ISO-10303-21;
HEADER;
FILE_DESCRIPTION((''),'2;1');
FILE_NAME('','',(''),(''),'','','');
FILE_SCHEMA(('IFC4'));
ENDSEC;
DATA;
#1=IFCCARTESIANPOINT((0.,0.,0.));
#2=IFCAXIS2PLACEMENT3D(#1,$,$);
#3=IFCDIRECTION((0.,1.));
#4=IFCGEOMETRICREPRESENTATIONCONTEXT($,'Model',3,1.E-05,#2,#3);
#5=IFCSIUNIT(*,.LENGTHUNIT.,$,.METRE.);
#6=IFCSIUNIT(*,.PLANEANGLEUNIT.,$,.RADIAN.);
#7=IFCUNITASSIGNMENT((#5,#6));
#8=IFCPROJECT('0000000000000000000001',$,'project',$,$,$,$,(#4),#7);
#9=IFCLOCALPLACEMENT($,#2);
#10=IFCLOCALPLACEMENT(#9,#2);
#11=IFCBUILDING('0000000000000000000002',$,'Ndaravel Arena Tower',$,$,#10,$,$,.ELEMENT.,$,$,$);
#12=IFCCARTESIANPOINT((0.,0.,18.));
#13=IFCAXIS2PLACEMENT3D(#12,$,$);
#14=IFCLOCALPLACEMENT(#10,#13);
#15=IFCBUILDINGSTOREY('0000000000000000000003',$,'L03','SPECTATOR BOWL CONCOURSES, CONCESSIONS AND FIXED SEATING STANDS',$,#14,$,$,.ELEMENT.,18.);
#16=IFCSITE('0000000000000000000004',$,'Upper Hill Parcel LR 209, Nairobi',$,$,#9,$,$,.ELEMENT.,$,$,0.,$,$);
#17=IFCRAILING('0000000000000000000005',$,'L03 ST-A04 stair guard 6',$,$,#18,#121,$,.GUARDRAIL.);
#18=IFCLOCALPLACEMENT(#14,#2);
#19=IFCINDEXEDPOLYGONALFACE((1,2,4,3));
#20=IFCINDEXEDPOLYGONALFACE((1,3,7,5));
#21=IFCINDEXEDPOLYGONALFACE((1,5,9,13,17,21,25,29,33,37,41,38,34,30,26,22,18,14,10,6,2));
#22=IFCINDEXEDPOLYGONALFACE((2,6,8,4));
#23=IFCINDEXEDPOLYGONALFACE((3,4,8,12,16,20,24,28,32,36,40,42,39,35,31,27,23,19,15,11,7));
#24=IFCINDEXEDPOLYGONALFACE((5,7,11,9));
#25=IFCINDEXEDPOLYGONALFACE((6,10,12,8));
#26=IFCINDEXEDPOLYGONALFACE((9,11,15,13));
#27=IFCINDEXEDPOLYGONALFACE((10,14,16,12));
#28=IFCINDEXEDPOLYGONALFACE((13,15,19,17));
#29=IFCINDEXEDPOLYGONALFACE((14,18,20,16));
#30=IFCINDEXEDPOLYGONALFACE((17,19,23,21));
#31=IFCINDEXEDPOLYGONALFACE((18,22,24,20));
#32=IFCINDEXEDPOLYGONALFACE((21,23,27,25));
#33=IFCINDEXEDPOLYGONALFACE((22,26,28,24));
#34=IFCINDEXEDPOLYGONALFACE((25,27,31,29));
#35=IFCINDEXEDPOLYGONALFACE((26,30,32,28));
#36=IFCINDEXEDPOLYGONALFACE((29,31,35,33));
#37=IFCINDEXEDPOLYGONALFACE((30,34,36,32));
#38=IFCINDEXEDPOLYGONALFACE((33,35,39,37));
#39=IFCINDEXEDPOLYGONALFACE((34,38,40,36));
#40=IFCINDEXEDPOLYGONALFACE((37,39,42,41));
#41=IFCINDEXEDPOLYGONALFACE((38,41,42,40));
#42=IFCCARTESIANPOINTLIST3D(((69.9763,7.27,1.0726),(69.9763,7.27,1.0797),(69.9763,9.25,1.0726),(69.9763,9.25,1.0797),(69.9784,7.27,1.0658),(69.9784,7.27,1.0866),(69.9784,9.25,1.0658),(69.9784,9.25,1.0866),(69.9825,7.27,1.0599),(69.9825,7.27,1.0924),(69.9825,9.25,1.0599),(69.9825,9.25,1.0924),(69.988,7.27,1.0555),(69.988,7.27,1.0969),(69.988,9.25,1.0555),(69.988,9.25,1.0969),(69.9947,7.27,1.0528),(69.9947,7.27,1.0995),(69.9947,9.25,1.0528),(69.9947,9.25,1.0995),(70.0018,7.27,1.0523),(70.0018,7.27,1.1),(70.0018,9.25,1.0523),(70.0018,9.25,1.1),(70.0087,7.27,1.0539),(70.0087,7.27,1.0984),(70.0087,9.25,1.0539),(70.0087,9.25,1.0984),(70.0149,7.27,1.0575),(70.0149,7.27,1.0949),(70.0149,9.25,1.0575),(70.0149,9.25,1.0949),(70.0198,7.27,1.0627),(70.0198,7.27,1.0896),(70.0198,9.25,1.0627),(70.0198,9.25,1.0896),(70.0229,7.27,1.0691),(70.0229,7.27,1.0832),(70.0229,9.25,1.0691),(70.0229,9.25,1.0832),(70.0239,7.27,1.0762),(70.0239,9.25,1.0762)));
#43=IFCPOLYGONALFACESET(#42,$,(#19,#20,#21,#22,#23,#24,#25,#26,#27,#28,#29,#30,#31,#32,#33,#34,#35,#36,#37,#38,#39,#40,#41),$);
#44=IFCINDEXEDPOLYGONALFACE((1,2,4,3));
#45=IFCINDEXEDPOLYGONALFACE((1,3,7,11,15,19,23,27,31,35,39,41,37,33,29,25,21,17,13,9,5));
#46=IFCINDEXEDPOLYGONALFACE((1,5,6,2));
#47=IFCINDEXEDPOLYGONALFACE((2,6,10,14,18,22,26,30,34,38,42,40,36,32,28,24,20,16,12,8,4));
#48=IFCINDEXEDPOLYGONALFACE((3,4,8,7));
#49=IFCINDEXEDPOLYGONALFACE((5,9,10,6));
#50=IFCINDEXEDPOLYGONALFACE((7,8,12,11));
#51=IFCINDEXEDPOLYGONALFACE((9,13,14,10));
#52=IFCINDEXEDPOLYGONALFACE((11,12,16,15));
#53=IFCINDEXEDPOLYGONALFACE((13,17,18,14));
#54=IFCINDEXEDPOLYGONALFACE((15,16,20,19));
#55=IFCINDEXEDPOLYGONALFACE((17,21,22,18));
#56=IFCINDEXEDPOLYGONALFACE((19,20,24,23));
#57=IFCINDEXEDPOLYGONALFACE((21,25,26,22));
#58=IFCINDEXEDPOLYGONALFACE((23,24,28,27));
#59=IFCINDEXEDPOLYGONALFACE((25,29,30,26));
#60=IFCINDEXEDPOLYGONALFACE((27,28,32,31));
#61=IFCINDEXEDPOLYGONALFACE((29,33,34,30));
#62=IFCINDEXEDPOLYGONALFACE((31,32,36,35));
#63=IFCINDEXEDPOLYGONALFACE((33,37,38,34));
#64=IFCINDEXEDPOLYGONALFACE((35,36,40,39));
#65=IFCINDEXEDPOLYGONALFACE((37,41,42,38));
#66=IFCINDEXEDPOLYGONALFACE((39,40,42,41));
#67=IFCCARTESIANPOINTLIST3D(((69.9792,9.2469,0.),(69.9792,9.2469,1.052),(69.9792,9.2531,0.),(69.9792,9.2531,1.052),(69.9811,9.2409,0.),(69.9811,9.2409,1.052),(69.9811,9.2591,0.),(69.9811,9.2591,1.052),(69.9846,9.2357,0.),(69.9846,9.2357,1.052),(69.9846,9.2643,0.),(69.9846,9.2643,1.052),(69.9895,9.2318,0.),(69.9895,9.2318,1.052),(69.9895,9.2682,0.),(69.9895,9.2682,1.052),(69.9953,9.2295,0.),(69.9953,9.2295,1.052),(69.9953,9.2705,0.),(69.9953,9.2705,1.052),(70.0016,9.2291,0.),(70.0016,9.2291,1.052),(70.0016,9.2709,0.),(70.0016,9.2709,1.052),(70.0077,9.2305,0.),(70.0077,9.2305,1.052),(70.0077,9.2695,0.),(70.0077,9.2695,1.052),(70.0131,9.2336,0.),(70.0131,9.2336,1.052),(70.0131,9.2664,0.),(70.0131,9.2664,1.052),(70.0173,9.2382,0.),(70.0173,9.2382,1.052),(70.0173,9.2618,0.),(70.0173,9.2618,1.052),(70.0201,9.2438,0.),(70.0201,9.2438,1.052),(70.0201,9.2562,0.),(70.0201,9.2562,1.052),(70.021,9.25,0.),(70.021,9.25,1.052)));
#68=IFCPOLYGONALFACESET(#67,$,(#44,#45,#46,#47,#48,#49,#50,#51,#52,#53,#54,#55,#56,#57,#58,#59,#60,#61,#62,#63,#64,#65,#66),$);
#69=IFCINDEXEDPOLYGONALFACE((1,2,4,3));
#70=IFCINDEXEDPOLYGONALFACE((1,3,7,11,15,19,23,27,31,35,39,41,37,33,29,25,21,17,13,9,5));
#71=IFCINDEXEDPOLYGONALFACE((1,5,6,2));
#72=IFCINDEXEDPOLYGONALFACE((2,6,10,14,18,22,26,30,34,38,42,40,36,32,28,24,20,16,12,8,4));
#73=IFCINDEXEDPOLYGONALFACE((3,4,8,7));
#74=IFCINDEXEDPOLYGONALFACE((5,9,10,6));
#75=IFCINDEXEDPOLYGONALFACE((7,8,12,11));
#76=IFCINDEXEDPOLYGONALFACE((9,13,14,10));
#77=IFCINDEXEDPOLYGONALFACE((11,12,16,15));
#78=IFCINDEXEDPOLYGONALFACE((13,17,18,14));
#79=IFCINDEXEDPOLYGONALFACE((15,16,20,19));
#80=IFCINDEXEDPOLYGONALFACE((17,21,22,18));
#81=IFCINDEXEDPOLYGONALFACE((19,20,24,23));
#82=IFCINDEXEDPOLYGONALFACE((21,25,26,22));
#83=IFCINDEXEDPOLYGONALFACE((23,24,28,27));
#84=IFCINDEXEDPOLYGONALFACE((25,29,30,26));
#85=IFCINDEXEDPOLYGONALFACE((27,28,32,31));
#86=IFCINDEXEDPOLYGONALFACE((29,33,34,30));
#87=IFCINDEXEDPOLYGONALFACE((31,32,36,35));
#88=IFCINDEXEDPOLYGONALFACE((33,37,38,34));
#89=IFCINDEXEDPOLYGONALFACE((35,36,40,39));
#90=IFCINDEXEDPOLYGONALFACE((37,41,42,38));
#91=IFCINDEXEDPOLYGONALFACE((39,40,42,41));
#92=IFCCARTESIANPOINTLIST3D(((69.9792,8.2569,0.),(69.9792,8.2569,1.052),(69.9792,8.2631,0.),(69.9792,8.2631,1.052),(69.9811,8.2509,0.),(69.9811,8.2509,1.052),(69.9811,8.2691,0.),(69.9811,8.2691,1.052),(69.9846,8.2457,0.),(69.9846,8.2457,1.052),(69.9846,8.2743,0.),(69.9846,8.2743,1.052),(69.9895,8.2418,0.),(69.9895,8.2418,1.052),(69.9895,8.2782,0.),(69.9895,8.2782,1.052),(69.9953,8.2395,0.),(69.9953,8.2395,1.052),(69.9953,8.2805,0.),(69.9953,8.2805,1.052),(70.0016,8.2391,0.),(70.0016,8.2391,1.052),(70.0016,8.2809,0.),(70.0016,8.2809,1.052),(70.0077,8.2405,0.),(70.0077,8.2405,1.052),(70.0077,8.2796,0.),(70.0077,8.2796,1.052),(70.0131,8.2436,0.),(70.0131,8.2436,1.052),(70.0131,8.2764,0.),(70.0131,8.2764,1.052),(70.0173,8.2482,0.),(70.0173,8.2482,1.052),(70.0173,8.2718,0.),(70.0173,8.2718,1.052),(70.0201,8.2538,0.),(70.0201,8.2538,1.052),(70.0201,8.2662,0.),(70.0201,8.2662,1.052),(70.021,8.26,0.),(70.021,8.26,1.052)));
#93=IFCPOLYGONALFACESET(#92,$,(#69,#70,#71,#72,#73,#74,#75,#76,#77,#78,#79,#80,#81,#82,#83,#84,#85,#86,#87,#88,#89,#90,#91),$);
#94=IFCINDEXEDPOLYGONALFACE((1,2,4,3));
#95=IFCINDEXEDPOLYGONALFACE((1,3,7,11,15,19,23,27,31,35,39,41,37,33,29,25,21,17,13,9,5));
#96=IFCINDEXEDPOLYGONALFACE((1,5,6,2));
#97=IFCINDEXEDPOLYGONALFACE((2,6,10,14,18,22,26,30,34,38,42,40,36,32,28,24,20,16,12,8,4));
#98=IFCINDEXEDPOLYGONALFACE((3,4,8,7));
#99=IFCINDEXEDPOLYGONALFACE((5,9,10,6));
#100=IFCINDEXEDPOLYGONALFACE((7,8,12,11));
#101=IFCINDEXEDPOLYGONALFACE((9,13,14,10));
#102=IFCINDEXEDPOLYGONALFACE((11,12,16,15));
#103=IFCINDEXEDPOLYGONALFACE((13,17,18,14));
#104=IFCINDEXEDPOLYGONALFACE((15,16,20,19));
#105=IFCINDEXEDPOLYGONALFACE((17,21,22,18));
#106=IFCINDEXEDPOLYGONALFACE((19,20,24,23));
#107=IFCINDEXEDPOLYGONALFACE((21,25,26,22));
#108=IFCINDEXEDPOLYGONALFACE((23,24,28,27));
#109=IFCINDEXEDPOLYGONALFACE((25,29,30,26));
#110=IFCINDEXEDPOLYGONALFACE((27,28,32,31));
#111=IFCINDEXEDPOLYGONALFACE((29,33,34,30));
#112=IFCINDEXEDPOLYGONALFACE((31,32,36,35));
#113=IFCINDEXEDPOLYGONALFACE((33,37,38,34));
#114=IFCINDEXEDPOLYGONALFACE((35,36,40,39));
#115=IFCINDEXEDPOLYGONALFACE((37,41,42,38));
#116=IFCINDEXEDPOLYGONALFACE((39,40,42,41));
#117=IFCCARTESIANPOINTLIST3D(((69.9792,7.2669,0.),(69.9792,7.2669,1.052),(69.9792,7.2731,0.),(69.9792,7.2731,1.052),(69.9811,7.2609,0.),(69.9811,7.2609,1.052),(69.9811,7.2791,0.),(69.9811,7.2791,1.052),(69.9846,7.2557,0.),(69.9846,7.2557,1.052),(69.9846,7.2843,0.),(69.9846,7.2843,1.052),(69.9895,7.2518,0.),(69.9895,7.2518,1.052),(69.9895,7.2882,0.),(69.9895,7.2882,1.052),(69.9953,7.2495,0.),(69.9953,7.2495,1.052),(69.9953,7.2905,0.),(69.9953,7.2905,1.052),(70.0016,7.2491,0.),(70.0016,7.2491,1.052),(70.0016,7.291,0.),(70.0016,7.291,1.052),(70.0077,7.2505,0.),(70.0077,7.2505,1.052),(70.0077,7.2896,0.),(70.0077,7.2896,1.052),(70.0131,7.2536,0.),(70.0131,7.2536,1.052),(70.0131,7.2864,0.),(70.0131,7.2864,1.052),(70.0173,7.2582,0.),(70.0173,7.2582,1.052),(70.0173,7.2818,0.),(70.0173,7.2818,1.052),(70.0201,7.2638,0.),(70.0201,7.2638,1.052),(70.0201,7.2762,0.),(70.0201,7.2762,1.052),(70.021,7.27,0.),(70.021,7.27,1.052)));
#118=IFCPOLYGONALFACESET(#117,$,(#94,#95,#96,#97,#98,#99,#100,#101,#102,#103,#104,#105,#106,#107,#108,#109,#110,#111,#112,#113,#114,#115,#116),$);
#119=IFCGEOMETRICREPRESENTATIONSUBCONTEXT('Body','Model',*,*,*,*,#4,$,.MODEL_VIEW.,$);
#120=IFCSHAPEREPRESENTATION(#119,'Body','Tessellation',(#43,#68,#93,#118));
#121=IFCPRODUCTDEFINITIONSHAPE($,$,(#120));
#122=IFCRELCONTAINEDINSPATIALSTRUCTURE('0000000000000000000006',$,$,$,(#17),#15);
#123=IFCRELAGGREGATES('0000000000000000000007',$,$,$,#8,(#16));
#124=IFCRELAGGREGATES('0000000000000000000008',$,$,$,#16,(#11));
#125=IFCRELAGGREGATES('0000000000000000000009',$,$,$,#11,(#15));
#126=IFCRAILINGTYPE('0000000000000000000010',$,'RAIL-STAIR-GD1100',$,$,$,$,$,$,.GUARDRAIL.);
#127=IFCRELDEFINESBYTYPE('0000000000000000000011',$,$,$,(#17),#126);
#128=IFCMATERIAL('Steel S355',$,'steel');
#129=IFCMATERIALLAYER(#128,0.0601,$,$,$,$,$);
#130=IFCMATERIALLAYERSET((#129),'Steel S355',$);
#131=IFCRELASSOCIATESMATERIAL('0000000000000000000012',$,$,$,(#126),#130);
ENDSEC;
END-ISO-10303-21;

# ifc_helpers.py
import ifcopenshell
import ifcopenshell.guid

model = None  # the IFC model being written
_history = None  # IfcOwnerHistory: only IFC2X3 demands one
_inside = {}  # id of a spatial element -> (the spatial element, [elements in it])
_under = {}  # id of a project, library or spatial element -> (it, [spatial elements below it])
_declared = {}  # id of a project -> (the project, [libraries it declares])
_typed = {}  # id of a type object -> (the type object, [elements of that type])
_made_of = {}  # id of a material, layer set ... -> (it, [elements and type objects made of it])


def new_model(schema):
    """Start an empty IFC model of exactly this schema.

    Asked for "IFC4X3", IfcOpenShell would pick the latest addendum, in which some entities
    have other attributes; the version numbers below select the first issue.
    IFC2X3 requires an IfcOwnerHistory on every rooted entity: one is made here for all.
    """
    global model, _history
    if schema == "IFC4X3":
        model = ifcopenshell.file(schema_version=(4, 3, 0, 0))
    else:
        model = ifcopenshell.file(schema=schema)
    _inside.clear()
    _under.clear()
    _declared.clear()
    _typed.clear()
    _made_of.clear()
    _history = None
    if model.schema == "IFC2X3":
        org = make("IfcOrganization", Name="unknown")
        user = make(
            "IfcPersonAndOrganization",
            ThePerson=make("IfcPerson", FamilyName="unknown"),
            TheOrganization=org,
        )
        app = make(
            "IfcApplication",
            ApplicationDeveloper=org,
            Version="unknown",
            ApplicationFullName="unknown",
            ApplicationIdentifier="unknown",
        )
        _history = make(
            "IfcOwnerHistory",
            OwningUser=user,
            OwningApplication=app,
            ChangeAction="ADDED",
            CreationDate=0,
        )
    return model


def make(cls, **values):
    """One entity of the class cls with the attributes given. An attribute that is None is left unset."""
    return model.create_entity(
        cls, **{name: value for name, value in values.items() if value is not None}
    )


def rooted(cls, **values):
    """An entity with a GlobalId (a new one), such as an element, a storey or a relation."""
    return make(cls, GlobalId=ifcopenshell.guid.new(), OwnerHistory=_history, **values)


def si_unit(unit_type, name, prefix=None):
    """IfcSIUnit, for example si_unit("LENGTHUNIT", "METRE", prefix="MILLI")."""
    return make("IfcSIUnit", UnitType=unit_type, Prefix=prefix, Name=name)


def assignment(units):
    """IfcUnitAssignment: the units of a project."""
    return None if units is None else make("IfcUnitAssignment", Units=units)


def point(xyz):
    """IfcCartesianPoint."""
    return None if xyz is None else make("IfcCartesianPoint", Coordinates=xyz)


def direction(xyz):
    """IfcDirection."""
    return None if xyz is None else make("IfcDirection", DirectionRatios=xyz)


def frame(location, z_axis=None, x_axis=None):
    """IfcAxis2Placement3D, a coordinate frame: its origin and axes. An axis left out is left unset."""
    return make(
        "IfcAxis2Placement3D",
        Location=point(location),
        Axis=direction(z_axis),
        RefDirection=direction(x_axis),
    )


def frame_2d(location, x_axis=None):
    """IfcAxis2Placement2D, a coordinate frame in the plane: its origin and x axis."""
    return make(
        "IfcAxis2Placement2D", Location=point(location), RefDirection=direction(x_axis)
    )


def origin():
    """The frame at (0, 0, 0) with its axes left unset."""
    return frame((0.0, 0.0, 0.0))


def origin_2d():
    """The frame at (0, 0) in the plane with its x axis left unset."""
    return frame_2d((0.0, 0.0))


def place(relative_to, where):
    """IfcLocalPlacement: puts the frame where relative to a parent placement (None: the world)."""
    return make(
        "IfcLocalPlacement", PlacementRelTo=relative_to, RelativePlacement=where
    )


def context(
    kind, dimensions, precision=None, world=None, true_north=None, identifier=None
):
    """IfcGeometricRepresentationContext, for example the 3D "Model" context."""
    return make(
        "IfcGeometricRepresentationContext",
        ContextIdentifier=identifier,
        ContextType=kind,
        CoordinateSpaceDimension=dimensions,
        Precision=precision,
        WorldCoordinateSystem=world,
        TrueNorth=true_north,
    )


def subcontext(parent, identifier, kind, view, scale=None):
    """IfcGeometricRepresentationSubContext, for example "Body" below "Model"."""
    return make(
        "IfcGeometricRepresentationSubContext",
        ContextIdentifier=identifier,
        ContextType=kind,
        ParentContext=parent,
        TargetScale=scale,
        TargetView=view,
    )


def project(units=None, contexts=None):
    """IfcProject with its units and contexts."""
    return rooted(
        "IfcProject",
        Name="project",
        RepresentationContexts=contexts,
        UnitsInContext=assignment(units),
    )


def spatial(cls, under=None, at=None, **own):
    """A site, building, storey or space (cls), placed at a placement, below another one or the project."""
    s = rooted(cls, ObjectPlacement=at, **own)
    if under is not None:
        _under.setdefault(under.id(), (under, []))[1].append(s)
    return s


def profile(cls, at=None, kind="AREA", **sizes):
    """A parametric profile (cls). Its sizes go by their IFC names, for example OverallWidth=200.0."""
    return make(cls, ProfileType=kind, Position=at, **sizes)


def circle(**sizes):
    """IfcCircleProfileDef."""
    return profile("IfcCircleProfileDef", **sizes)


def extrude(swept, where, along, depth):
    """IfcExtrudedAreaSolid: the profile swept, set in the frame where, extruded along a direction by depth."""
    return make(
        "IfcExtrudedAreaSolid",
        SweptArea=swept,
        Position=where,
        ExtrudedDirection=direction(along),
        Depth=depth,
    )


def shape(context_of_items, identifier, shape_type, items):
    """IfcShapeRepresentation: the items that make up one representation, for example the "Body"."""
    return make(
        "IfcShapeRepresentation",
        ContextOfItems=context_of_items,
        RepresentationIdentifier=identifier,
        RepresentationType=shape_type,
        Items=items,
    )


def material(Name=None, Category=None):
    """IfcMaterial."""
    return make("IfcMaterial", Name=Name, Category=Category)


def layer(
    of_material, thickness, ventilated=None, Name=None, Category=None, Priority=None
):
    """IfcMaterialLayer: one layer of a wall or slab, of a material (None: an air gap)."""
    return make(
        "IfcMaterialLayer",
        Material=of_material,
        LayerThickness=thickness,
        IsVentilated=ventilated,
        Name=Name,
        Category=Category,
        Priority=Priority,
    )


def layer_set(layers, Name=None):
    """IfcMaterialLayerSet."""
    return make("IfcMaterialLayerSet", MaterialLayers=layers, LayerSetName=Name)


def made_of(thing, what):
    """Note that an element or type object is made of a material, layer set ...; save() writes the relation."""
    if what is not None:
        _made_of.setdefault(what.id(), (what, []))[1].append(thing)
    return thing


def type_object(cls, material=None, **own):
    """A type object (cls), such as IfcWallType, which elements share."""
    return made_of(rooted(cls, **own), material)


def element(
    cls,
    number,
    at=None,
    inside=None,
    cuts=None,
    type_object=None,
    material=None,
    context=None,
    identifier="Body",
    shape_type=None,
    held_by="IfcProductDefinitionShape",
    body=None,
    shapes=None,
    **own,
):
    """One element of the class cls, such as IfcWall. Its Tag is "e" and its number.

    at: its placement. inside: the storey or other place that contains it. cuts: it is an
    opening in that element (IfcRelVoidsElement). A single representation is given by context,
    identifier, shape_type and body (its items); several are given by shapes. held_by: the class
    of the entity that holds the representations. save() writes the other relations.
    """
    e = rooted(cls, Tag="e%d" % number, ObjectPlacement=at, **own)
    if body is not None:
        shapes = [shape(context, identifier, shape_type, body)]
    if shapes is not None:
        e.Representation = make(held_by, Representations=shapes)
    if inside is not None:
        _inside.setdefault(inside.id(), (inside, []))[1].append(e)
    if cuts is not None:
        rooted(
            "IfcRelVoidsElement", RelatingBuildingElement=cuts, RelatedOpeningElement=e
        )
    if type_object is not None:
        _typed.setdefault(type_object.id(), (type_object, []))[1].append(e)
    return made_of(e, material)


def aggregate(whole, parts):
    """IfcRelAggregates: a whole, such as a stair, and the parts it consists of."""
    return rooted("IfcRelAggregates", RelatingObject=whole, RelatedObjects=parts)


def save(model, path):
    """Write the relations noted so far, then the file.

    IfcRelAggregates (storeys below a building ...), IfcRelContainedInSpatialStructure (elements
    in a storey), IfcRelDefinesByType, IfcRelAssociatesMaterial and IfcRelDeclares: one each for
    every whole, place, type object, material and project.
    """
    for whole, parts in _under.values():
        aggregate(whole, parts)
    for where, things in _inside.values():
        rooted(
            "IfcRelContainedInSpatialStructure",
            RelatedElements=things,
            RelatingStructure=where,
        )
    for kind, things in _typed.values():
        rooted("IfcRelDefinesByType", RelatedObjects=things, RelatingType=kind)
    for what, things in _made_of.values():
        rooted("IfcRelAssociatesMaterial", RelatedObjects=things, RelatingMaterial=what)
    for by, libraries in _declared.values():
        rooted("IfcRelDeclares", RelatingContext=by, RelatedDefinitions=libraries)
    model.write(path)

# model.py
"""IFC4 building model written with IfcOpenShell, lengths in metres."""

from ifc_helpers import new_model, si_unit, direction, frame, origin, origin_2d, place, context, subcontext, project, spatial, circle, extrude, material, layer, layer_set, type_object, element, save


model = new_model("IFC4")

# Units and contexts
model_context = context("Model", 3, precision=1e-05, world=origin(), true_north=direction((0.0, 1.0)))
body_context = subcontext(model_context, "Body", "Model", "MODEL_VIEW")
ifc_project = project(units=[si_unit("LENGTHUNIT", "METRE"), si_unit("PLANEANGLEUNIT", "RADIAN")], contexts=[model_context])

# Site, building, storey
site_placement = place(None, origin())
site = spatial("IfcSite", under=ifc_project, at=site_placement, Name="Upper Hill Parcel LR 209, Nairobi", CompositionType="ELEMENT", RefElevation=0.0)
building_placement = place(site_placement, origin())
building = spatial("IfcBuilding", under=site, at=building_placement, Name="Ndaravel Arena Tower", CompositionType="ELEMENT")
storey_placement = place(building_placement, frame((0.0, 0.0, 18.0)))
storey = spatial("IfcBuildingStorey", under=building, at=storey_placement, Name="L03", Description="SPECTATOR BOWL CONCOURSES, CONCESSIONS AND FIXED SEATING STANDS", CompositionType="ELEMENT", Elevation=18.0)

# Railing
ifc_material_1 = material(Name="Steel S355", Category="steel")
ifc_layer_1 = layer(ifc_material_1, 0.0601)
ifc_layer_set_1 = layer_set([ifc_layer_1], Name="Steel S355")
railing_type_1 = type_object("IfcRailingType", Name="RAIL-STAIR-GD1100", PredefinedType="GUARDRAIL", material=ifc_layer_set_1)
for number, where, name in (
    (1, (70.0, 9.25, 0.0), "L03 ST-A04 stair guard 6"),
):
    element("IfcRailing", number, at=place(storey_placement, frame(where)), inside=storey, type_object=railing_type_1, Name=name, PredefinedType="GUARDRAIL", context=body_context, shape_type="SweptSolid", body=[
        extrude(circle(Radius=0.0239, at=origin_2d()), frame((0.0, 0.0, 1.0762), z_axis=(0.0, -1.0, 0.0), x_axis=(1.0, 0.0, 0.0)), (0.0, 0.0, 1.0), 1.98),
        extrude(circle(Radius=0.021, at=origin_2d()), origin(), (0.0, 0.0, 1.0), 1.052),
        extrude(circle(Radius=0.021, at=origin_2d()), frame((0.0, -0.99, 0.0)), (0.0, 0.0, 1.0), 1.052),
        extrude(circle(Radius=0.021, at=origin_2d()), frame((0.0, -1.98, 0.0)), (0.0, 0.0, 1.0), 1.052),
    ])

save(model, "model.ifc")
